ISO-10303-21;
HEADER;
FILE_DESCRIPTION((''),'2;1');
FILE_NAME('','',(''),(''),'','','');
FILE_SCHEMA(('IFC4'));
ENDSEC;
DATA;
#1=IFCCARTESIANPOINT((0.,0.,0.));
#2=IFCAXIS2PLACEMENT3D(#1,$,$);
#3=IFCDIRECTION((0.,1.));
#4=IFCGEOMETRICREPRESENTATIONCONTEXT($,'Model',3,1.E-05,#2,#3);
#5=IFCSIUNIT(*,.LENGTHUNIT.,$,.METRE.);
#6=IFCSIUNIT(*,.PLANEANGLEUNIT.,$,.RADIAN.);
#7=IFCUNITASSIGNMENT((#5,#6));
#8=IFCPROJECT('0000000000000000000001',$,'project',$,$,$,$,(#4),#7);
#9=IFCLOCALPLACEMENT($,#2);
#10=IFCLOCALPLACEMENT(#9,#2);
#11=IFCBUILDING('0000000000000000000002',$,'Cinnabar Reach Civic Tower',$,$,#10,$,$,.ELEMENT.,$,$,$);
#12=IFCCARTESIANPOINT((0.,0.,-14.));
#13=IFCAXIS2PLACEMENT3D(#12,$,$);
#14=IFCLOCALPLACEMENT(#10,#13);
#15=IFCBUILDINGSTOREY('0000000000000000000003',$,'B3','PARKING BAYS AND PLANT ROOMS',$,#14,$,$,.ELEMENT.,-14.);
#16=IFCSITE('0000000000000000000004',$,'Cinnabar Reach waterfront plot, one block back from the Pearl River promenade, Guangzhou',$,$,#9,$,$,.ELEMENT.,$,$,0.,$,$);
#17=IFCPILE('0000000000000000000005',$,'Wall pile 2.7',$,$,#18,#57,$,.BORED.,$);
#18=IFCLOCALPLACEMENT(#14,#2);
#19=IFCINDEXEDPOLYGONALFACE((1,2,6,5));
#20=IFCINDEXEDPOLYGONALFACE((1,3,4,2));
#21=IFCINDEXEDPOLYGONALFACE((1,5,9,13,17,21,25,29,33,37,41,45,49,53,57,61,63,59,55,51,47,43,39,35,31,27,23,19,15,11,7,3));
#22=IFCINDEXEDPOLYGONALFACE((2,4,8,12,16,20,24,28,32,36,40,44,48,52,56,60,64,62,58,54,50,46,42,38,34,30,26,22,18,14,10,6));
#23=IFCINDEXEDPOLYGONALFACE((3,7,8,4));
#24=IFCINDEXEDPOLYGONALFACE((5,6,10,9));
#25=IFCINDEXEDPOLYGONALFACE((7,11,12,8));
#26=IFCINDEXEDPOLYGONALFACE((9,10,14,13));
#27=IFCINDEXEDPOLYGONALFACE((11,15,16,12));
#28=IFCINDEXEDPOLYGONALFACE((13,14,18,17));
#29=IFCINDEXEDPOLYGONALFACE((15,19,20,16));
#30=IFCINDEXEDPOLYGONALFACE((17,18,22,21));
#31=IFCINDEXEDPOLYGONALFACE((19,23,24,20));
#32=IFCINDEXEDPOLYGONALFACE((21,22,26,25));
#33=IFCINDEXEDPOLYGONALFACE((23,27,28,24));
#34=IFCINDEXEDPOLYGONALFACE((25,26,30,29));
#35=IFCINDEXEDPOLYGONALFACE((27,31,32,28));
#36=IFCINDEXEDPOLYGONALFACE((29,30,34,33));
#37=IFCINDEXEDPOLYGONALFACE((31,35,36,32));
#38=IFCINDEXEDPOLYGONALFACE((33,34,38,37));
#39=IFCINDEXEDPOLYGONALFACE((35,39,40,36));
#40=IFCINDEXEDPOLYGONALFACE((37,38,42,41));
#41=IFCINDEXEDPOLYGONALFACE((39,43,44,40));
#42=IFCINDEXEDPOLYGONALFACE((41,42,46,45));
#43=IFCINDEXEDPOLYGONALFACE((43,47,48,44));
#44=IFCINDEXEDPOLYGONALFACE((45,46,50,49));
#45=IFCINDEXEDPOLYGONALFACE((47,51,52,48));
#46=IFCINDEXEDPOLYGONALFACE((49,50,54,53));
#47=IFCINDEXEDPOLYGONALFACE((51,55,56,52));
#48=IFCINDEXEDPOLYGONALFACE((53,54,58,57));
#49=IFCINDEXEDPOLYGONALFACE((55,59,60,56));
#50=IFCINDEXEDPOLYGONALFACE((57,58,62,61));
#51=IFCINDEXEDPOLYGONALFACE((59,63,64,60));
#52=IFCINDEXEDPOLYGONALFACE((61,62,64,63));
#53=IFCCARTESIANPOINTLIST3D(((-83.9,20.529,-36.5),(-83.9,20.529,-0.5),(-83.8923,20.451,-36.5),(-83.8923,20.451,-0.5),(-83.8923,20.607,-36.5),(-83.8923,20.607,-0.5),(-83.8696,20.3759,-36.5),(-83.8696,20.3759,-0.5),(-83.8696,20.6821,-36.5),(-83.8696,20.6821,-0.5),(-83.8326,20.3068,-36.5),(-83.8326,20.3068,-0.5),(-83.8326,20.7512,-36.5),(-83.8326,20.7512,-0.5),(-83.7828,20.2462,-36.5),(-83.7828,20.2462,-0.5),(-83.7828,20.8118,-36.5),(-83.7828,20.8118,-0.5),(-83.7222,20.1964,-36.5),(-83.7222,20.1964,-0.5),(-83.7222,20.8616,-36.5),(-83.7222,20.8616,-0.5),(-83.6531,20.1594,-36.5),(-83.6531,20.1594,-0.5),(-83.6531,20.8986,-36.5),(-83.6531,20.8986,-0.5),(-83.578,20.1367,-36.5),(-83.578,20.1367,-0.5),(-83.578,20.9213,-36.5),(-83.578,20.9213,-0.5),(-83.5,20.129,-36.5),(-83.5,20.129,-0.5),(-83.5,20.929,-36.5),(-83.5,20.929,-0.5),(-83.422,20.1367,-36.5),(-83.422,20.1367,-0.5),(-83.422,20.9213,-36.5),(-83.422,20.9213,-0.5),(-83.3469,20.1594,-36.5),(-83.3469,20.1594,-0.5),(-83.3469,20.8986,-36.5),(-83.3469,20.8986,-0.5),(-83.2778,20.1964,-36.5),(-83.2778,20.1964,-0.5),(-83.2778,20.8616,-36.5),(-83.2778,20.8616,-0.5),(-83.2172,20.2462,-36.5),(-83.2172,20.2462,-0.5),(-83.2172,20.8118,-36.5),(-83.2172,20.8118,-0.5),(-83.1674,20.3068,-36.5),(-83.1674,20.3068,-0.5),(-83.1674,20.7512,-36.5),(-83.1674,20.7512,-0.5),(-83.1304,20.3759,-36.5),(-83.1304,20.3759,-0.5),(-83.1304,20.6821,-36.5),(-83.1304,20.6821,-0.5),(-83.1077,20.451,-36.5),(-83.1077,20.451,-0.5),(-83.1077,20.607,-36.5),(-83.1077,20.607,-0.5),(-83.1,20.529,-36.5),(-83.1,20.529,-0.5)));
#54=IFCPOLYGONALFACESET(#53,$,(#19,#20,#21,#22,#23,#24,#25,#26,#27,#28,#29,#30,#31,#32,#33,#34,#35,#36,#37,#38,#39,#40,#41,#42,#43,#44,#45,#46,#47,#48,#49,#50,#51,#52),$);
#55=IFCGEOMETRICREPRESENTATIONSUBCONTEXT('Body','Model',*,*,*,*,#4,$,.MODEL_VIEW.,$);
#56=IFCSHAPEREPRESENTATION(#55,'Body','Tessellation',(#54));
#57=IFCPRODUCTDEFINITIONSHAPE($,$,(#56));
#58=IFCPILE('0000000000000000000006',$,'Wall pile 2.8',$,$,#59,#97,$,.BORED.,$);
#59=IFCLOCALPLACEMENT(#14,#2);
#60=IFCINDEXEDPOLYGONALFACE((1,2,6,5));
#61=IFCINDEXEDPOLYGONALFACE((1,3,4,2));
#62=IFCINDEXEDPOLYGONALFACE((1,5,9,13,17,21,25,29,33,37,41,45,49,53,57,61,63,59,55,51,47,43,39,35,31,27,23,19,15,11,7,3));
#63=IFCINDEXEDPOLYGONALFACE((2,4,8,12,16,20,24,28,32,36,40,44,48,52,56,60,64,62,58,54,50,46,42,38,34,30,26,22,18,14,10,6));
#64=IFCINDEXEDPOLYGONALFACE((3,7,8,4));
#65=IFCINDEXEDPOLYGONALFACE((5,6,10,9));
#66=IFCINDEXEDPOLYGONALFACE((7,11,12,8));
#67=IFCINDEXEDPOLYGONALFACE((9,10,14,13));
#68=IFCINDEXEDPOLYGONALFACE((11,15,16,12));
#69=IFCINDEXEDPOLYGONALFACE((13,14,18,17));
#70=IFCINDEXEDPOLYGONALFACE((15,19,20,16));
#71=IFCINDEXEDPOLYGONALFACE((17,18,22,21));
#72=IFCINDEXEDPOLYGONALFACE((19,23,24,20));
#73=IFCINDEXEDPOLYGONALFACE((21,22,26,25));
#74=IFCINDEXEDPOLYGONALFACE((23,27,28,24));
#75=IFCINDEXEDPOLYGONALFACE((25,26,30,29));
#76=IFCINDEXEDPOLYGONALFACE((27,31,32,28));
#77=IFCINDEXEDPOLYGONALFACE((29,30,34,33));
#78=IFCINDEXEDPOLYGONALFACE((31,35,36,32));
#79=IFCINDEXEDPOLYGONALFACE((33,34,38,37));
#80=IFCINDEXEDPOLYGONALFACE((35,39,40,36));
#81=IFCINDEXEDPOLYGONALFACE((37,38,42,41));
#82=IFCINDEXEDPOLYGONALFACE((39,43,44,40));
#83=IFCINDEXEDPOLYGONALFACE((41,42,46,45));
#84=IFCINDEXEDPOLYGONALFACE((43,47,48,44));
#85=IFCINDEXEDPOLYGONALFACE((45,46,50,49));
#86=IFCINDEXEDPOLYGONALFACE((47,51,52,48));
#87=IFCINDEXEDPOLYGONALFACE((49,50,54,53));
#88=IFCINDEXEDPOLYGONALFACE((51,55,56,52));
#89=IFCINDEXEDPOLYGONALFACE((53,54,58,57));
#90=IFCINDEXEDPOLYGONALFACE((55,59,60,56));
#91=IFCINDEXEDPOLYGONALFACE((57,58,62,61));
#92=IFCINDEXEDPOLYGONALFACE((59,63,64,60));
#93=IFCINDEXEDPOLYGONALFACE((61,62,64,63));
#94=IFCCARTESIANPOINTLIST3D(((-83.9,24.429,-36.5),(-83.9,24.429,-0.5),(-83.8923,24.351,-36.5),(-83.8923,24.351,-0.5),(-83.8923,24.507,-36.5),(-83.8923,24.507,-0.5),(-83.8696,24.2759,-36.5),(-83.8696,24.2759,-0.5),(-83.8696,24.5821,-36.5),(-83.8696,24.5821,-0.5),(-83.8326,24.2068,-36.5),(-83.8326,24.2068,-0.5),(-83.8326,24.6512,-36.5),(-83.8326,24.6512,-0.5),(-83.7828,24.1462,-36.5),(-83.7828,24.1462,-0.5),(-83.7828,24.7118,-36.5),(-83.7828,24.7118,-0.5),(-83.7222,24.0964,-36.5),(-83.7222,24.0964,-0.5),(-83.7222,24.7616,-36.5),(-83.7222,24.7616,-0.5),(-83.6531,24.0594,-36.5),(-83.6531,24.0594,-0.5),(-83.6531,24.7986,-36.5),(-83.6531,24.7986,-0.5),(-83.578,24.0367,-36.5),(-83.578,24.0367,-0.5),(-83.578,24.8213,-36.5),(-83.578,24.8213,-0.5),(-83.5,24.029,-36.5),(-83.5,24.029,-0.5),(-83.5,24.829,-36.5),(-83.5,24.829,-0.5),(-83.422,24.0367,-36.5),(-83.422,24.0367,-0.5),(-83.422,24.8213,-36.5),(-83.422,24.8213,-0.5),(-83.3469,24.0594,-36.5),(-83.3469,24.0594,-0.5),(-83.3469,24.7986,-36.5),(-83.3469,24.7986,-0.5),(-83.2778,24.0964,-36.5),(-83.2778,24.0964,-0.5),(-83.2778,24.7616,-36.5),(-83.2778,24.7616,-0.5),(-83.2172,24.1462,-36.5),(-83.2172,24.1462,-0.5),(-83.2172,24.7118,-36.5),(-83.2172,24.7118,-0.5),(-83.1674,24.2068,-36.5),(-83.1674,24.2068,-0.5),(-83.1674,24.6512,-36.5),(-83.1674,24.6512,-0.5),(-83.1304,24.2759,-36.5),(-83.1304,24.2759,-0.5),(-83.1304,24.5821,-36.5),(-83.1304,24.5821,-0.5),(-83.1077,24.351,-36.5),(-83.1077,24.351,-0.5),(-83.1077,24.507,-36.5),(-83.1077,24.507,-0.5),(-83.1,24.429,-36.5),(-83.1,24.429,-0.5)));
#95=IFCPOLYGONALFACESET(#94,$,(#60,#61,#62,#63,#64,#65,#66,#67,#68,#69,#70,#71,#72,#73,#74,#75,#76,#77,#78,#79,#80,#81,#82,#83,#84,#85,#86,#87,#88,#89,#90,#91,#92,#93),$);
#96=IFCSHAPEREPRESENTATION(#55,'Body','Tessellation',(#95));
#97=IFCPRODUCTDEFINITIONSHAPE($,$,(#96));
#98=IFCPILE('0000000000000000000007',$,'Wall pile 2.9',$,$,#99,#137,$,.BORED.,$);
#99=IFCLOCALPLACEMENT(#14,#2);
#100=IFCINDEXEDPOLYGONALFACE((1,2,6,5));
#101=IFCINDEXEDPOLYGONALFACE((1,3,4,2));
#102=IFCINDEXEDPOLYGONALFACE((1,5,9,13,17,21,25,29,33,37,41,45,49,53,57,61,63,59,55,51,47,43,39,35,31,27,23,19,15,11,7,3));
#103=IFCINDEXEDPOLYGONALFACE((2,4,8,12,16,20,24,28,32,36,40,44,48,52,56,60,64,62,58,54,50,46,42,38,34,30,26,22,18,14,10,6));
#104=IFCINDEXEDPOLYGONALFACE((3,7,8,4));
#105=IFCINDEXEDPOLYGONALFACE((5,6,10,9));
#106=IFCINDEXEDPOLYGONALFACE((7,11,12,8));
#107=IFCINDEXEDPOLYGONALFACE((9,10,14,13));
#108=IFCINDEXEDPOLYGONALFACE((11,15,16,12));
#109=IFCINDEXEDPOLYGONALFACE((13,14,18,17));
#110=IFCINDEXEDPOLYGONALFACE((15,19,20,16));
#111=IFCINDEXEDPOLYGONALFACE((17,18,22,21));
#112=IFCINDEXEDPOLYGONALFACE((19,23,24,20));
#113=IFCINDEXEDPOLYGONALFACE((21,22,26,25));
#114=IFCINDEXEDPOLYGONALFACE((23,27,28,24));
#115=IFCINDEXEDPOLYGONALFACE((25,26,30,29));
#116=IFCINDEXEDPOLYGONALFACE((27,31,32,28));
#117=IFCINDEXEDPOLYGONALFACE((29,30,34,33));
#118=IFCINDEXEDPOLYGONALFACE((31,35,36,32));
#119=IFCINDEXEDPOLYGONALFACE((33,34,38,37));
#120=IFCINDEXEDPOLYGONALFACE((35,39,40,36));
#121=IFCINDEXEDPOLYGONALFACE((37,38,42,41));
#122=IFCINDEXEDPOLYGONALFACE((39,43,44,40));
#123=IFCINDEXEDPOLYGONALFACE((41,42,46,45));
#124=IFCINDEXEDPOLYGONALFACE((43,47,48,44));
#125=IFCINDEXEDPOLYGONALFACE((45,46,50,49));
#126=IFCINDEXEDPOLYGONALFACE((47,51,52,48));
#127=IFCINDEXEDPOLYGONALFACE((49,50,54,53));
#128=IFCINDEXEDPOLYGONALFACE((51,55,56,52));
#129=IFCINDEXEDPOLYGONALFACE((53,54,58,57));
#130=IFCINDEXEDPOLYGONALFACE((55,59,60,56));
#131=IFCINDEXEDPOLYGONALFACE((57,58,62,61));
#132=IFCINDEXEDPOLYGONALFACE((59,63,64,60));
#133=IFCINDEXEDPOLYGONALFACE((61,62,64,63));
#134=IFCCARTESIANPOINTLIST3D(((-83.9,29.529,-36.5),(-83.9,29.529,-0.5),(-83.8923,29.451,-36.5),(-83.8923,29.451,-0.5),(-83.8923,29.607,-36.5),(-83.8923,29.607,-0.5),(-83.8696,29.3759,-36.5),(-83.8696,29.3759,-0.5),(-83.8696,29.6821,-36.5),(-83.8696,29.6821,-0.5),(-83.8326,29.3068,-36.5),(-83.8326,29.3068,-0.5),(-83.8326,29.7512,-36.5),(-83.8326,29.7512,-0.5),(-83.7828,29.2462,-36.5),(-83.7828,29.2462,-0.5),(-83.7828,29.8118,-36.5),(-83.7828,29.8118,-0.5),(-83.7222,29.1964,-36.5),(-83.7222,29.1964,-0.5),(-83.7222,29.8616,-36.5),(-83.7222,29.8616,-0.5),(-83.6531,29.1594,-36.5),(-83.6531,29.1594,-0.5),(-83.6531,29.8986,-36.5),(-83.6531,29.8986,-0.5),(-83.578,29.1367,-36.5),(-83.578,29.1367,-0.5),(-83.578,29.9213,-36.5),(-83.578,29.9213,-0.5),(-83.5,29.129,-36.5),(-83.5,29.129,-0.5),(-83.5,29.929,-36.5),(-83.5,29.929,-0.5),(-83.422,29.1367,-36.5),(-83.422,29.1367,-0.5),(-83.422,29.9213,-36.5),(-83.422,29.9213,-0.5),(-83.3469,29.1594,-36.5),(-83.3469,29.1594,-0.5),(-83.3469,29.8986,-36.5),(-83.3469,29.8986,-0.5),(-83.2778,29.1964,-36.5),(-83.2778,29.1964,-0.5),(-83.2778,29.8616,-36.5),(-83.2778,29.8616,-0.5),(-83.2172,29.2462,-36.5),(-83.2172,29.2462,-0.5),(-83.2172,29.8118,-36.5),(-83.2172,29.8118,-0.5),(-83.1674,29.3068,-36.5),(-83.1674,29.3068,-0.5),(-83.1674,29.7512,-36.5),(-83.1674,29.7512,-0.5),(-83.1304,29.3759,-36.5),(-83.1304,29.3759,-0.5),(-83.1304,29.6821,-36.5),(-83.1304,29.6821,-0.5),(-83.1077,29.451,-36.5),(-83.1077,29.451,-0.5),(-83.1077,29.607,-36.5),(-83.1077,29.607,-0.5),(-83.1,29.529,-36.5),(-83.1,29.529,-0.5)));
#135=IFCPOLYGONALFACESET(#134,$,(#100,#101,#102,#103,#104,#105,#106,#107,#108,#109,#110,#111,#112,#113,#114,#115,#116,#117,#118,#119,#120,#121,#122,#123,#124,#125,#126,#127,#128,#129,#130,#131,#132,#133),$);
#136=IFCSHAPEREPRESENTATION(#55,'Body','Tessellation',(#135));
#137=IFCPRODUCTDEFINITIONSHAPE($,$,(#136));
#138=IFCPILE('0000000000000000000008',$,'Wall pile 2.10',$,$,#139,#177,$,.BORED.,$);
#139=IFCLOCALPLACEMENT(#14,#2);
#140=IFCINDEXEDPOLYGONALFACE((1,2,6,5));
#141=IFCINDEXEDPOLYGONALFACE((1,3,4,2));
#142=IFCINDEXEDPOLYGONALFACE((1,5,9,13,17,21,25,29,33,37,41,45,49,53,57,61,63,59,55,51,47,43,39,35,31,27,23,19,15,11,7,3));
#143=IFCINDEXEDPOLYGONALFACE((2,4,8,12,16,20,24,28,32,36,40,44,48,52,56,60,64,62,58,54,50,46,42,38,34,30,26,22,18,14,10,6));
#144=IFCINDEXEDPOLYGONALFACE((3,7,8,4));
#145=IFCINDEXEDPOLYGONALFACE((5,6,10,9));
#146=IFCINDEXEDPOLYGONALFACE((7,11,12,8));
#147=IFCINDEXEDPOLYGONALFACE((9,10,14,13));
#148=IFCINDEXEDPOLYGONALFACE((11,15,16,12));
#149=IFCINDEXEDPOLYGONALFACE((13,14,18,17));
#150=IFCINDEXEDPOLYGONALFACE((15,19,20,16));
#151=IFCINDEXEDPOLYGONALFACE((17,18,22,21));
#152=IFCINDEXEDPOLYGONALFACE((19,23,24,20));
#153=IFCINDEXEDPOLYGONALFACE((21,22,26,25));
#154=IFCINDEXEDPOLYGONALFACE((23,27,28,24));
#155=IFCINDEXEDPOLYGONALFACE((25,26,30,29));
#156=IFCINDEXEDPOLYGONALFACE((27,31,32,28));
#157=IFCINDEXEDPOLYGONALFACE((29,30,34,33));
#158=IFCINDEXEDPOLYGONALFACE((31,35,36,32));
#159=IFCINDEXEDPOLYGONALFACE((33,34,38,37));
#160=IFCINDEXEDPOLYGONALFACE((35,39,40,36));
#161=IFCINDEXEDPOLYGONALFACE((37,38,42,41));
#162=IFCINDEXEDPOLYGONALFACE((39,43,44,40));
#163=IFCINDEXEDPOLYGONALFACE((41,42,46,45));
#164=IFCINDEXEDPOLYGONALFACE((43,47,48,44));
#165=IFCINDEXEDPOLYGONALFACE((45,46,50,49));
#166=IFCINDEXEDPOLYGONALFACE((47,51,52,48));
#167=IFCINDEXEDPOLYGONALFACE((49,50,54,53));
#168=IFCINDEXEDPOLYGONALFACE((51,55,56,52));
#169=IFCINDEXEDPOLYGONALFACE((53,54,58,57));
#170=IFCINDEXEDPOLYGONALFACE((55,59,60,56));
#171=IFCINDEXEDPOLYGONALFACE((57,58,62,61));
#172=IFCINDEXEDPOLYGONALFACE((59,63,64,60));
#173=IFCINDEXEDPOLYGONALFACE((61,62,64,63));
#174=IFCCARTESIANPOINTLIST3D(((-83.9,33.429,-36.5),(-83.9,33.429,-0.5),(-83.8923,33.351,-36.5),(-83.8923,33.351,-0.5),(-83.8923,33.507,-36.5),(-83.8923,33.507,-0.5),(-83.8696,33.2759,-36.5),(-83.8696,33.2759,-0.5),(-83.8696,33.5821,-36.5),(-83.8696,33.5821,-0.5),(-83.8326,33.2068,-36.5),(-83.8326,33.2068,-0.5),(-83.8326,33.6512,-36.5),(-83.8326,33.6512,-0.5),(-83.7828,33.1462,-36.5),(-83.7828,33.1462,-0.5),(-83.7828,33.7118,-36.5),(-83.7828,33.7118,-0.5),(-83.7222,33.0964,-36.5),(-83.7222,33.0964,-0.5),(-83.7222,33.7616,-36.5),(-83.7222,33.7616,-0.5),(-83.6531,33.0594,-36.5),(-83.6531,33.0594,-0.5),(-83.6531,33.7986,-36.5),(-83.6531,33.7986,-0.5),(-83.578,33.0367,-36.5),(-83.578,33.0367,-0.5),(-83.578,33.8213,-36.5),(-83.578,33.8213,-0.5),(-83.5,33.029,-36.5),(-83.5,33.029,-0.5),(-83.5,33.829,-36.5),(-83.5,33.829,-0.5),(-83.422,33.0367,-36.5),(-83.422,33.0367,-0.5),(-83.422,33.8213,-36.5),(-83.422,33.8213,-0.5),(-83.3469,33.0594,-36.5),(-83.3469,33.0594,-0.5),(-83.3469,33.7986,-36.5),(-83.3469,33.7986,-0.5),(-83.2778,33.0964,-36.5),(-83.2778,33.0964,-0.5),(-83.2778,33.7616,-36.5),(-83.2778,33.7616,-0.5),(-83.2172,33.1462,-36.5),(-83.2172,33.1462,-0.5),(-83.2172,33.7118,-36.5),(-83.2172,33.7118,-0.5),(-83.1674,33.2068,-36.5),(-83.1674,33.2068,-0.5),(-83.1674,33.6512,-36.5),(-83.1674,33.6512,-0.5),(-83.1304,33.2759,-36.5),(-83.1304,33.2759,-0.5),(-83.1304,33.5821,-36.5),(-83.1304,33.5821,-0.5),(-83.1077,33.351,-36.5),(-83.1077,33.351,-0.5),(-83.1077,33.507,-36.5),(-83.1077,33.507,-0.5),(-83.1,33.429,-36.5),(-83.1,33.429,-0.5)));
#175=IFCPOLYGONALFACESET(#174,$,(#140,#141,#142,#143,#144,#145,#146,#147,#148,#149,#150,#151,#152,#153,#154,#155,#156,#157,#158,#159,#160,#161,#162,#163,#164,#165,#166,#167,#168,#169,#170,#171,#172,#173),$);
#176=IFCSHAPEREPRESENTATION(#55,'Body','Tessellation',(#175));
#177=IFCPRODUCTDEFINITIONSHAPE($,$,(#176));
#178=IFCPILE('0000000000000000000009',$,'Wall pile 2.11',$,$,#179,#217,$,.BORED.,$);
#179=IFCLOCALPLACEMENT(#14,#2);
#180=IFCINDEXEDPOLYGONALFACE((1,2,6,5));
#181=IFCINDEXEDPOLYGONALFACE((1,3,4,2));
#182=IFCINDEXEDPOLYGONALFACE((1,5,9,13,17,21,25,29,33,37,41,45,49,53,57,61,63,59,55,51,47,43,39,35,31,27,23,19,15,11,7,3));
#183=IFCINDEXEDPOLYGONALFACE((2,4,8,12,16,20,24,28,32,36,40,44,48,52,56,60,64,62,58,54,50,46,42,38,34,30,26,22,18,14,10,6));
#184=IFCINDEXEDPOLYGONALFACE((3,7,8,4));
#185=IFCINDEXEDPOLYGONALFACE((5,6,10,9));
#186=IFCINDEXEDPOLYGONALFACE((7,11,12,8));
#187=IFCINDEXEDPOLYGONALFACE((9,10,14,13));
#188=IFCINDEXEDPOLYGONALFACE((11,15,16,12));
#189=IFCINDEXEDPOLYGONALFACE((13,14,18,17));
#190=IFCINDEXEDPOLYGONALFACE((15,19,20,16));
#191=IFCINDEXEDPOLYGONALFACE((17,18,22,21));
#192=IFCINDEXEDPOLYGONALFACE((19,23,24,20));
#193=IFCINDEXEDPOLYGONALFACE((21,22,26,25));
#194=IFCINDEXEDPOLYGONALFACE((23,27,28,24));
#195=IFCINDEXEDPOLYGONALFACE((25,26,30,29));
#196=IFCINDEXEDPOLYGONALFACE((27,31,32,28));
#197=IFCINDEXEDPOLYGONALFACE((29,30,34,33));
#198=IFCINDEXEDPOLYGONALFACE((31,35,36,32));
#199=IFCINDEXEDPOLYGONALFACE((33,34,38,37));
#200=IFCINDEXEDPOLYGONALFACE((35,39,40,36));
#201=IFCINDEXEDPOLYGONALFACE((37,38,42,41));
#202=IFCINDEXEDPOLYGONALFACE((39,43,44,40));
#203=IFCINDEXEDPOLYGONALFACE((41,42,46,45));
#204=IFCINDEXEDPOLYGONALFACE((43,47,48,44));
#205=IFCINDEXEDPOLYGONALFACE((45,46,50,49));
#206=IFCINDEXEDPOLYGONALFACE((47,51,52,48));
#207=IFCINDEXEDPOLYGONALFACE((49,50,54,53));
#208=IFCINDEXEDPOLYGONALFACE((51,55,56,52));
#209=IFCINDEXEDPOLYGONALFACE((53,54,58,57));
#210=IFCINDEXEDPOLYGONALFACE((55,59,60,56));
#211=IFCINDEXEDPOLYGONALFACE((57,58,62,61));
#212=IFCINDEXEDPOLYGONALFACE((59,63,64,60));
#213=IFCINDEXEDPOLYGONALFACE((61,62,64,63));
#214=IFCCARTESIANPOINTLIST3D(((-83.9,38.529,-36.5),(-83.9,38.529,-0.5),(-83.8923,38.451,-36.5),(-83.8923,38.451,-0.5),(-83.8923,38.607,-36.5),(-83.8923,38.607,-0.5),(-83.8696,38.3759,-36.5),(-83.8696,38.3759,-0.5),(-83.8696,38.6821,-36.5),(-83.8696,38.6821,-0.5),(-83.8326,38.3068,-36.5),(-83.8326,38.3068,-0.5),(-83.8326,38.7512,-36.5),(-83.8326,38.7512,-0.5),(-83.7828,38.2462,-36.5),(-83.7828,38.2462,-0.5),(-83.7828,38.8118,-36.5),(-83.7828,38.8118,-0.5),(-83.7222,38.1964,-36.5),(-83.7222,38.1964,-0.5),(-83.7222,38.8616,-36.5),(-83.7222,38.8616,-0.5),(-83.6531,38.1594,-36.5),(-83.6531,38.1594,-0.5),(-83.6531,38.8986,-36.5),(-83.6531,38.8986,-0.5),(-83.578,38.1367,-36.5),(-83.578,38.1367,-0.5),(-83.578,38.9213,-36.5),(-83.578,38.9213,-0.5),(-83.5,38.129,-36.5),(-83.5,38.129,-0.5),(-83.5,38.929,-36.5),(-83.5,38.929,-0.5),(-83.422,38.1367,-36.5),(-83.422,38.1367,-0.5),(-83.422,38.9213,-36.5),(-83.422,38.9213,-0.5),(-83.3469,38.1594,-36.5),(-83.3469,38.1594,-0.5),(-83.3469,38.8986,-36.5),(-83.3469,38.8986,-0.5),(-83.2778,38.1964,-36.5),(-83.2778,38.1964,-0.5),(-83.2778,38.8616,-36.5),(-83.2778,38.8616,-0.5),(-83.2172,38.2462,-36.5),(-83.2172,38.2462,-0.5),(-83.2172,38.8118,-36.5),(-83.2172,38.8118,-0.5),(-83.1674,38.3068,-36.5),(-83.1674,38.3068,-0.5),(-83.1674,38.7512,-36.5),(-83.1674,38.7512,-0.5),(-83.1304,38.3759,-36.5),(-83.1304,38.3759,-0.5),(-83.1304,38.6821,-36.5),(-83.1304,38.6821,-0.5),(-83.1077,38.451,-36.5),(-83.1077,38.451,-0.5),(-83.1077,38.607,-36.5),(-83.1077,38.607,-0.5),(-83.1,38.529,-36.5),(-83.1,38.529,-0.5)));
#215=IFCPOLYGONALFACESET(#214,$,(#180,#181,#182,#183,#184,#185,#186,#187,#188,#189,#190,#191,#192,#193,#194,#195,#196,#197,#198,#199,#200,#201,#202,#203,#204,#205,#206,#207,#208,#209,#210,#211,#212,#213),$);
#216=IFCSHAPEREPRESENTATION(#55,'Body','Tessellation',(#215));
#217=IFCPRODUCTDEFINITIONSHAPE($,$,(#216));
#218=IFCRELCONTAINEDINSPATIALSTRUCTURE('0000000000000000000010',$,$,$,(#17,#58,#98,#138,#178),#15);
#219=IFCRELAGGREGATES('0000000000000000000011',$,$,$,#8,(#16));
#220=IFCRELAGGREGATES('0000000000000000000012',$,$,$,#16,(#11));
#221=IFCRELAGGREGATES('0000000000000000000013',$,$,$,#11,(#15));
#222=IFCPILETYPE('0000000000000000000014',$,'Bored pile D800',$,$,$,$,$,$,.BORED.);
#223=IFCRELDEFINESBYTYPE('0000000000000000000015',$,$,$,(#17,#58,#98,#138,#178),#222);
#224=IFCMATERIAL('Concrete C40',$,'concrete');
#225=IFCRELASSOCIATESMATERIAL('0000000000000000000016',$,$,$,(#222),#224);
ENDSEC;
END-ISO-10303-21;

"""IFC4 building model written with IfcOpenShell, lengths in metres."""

from ifc_helpers import new_model, si_unit, direction, frame, origin, origin_2d, place, context, subcontext, project, spatial, circle, extrude, material, type_object, element, save


model = new_model("IFC4")

# Units and contexts
model_context = context("Model", 3, precision=1e-05, world=origin(), true_north=direction((0.0, 1.0)))
body_context = subcontext(model_context, "Body", "Model", "MODEL_VIEW")
ifc_project = project(units=[si_unit("LENGTHUNIT", "METRE"), si_unit("PLANEANGLEUNIT", "RADIAN")], contexts=[model_context])

# Site, building, storey
site_placement = place(None, origin())
site = spatial("IfcSite", under=ifc_project, at=site_placement, Name="Cinnabar Reach waterfront plot, one block back from the Pearl River promenade, Guangzhou", CompositionType="ELEMENT", RefElevation=0.0)
building_placement = place(site_placement, origin())
building = spatial("IfcBuilding", under=site, at=building_placement, Name="Cinnabar Reach Civic Tower", CompositionType="ELEMENT")
storey_placement = place(building_placement, frame((0.0, 0.0, -14.0)))
storey = spatial("IfcBuildingStorey", under=building, at=storey_placement, Name="B3", Description="PARKING BAYS AND PLANT ROOMS", CompositionType="ELEMENT", Elevation=-14.0)

# Piles
ifc_material_1 = material(Name="Concrete C40", Category="concrete")
pile_type = type_object("IfcPileType", Name="Bored pile D800", PredefinedType="BORED", material=ifc_material_1)
for number, where, z_axis, x_axis, name in (
    (1, (-83.5, 20.529, -0.5), (0.0, 0.0, -1.0), (1.0, 0.0, 0.0), "Wall pile 2.7"),
    (2, (-83.5, 24.429, -0.5), (0.0, 0.0, -1.0), (1.0, 0.0, 0.0), "Wall pile 2.8"),
    (3, (-83.5, 29.529, -0.5), (0.0, 0.0, -1.0), (1.0, 0.0, 0.0), "Wall pile 2.9"),
    (4, (-83.5, 33.429, -0.5), (0.0, 0.0, -1.0), (1.0, 0.0, 0.0), "Wall pile 2.10"),
    (5, (-83.5, 38.529, -0.5), (0.0, 0.0, -1.0), (1.0, 0.0, 0.0), "Wall pile 2.11"),
):
    element("IfcPile", number, at=place(storey_placement, frame(where, z_axis=z_axis, x_axis=x_axis)), inside=storey, type_object=pile_type, Name=name, PredefinedType="BORED", context=body_context, shape_type="SweptSolid", body=[
        extrude(circle(Radius=0.4, at=origin_2d()), origin(), (0.0, 0.0, 1.0), 36.0),
    ])

save(model, "model.ifc")
